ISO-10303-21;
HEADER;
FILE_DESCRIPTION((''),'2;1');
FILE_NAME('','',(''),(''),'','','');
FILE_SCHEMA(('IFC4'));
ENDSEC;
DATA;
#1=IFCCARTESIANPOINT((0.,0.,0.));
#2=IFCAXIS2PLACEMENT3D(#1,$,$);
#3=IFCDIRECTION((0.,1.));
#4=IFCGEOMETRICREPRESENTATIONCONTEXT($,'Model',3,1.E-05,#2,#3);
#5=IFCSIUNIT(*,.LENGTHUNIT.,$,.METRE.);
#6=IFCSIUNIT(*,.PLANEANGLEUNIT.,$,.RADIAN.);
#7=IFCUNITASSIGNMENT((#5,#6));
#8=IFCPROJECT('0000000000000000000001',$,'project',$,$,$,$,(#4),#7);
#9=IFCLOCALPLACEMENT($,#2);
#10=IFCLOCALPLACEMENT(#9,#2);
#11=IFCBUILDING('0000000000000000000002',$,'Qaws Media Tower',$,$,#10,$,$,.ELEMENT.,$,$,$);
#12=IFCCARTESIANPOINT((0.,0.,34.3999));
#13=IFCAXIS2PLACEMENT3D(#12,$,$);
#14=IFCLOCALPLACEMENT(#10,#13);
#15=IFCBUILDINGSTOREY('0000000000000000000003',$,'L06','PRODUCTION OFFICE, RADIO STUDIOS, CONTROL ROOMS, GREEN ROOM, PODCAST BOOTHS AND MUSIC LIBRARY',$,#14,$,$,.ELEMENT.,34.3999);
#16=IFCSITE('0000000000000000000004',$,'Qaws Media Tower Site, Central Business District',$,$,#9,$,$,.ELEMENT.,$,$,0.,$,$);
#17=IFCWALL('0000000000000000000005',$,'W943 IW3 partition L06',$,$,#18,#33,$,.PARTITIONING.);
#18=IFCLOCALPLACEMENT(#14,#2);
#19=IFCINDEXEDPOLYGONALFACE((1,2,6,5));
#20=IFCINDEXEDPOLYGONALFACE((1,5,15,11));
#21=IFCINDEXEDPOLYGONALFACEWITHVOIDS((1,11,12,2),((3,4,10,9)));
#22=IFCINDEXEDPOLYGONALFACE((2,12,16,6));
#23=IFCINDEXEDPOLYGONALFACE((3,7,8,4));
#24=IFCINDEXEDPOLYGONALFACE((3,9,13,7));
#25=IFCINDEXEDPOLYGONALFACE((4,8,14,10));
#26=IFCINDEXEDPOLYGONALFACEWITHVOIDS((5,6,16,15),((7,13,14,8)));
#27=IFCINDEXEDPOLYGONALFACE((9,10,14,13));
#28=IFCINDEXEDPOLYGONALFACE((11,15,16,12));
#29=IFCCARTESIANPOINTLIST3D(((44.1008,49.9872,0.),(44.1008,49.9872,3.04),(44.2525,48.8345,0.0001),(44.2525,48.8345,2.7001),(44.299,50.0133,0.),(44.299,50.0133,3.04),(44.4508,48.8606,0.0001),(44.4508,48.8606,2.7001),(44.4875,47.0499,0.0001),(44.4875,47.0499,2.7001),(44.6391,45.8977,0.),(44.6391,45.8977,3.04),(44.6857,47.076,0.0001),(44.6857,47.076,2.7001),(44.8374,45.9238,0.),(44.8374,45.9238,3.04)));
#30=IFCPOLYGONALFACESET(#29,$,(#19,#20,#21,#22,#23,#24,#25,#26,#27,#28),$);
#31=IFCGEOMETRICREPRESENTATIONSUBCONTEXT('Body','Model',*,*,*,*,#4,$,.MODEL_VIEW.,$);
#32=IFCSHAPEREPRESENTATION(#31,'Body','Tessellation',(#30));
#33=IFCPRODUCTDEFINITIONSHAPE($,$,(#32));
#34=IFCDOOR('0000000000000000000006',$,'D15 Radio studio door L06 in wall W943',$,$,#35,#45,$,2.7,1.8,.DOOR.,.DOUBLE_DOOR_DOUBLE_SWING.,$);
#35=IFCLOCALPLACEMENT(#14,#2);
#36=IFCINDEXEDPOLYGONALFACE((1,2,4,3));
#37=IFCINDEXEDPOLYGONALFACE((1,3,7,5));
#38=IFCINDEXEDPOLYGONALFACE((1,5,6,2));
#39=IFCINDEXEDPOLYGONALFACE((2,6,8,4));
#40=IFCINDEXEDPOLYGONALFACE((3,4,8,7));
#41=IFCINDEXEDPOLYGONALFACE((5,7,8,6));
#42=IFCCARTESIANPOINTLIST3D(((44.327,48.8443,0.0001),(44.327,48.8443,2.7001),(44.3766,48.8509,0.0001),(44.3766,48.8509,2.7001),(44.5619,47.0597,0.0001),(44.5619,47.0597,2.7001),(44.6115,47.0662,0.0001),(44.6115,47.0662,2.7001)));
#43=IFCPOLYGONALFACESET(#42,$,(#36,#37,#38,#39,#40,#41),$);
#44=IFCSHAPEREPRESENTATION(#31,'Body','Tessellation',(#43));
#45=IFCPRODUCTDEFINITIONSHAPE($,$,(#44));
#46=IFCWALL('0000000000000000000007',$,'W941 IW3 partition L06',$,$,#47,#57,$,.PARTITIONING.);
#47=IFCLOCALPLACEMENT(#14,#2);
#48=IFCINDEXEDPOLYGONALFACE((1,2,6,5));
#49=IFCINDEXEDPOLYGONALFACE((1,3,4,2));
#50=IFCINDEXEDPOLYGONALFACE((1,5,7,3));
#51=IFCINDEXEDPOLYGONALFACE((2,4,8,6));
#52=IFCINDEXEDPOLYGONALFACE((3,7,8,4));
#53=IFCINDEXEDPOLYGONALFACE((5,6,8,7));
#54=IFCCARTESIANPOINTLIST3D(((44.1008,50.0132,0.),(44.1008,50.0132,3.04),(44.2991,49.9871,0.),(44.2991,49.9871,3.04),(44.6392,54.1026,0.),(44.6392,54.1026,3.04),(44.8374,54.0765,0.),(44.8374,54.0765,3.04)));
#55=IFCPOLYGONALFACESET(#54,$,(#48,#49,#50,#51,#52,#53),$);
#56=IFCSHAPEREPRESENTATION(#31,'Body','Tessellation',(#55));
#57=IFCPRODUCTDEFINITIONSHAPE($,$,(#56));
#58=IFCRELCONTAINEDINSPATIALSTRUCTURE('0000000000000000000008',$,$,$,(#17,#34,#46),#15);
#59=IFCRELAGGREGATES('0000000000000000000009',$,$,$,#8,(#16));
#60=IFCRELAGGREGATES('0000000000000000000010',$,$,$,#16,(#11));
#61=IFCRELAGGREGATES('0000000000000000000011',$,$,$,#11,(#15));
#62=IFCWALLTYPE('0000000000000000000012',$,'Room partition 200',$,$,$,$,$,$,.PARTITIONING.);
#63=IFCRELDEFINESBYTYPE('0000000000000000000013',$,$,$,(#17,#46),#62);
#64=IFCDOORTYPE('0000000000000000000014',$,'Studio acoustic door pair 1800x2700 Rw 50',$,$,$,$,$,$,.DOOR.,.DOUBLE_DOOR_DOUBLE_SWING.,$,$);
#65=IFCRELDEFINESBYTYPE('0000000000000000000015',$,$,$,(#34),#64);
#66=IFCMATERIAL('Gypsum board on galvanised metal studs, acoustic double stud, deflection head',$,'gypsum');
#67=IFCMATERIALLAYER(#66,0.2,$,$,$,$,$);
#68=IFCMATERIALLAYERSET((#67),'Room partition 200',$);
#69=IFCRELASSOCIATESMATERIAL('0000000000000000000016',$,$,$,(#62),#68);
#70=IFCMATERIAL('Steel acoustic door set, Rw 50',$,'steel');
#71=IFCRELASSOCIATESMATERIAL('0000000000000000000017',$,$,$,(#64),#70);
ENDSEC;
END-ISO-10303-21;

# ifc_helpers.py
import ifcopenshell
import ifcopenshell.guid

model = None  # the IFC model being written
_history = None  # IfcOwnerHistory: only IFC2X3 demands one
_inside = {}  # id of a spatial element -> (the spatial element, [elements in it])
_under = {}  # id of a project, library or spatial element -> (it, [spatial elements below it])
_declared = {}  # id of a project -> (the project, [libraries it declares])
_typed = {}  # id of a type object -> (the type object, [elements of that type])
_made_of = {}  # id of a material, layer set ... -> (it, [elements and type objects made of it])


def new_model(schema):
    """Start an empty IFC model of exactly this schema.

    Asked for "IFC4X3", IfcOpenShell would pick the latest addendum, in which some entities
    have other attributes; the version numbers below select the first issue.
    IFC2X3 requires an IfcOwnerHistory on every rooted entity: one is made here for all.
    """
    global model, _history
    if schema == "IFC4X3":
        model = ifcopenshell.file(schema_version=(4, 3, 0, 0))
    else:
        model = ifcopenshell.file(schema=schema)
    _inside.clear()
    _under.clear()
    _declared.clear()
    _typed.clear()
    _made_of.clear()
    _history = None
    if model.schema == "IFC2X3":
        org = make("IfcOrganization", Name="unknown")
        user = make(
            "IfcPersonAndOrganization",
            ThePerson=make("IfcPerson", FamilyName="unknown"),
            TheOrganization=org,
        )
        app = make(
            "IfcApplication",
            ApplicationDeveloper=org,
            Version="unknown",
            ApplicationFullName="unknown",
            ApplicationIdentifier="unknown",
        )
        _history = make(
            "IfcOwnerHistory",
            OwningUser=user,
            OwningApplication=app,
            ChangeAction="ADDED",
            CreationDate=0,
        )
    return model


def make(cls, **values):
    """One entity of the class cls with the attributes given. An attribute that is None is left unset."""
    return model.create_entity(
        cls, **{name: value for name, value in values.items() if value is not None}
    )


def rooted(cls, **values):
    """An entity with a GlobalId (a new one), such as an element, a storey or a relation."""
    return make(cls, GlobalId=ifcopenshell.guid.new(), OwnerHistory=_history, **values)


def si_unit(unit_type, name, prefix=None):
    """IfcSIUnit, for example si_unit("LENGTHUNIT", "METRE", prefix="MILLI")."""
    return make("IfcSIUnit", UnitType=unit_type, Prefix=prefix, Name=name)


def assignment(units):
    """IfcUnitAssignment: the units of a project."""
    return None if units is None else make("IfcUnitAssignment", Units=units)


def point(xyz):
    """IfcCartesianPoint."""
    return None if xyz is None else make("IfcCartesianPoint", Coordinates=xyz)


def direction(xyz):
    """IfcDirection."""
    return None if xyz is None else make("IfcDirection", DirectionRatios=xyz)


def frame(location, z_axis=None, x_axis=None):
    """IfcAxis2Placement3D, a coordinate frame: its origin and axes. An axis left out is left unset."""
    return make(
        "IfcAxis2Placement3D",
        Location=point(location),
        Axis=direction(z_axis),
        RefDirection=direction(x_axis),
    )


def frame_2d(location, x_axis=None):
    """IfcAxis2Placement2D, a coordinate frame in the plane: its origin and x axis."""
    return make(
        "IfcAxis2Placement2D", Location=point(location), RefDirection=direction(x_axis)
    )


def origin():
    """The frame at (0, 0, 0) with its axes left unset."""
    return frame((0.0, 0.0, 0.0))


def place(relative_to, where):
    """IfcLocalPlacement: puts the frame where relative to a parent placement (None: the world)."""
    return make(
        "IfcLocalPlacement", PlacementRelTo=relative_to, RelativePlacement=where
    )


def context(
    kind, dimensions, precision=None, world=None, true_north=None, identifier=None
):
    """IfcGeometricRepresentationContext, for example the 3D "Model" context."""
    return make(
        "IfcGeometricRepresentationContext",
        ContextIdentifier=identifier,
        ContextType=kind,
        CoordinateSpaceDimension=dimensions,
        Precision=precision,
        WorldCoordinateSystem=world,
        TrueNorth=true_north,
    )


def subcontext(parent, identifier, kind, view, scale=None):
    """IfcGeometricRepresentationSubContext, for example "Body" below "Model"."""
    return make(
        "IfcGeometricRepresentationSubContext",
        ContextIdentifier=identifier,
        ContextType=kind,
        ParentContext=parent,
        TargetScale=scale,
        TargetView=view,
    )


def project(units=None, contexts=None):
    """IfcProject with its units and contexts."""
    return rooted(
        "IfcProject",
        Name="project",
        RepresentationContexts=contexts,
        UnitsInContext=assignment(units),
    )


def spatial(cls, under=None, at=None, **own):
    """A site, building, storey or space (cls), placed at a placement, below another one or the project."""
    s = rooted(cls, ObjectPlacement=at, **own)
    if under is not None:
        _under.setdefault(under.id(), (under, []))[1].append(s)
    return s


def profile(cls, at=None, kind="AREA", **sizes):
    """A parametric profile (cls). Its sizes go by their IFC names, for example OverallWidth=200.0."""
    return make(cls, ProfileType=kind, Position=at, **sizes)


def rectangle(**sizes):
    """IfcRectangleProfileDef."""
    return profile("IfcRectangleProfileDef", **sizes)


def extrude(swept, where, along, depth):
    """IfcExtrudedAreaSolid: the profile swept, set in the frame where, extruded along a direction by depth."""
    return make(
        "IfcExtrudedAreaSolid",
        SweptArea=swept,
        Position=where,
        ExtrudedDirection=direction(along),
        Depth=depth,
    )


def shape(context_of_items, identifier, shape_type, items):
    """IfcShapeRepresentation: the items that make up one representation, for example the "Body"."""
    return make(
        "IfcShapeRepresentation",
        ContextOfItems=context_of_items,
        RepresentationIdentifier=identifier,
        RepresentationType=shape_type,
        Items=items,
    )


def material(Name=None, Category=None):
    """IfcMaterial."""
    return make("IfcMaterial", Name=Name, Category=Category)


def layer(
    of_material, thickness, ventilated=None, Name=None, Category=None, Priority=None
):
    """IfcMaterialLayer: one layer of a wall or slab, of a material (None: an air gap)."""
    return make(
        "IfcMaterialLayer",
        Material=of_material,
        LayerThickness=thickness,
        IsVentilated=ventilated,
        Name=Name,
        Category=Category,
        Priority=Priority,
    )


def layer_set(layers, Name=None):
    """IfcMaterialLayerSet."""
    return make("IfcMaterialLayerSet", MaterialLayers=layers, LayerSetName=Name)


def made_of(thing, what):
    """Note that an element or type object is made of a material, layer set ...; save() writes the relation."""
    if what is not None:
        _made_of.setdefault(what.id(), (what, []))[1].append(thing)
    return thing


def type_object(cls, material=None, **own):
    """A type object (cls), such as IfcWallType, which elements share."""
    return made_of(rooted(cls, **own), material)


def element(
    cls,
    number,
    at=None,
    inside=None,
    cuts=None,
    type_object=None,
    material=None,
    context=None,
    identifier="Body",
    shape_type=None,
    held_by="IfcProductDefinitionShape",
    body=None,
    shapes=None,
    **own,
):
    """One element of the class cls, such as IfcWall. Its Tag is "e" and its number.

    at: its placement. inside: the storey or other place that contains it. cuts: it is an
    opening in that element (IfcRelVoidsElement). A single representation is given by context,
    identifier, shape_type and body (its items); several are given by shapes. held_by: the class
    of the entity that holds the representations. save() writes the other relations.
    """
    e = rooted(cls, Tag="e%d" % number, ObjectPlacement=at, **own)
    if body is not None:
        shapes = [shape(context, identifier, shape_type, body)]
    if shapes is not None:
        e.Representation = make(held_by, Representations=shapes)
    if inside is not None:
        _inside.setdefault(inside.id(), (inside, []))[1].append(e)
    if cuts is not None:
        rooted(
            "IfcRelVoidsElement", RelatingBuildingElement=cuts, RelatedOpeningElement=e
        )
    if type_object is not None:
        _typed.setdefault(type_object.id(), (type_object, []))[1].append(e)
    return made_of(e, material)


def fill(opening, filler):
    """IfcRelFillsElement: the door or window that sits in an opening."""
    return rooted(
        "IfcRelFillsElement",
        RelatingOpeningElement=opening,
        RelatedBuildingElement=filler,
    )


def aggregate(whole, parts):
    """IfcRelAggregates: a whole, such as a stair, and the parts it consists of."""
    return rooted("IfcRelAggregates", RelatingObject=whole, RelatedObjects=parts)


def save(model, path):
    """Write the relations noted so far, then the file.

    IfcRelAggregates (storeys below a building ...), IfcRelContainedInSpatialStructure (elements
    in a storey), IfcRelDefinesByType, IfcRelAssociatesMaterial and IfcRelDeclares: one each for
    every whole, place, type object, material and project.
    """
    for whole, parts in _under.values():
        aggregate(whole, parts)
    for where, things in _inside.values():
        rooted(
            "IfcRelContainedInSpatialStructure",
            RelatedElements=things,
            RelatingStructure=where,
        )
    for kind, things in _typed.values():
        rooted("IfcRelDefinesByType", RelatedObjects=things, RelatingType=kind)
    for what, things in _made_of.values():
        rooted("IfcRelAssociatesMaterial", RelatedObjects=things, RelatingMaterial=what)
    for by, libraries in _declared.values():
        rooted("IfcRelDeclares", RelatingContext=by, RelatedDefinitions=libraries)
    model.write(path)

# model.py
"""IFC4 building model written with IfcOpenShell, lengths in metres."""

from ifc_helpers import new_model, si_unit, direction, frame, frame_2d, origin, place, context, subcontext, project, spatial, rectangle, extrude, material, layer, layer_set, type_object, element, fill, save


model = new_model("IFC4")

# Units and contexts
model_context = context("Model", 3, precision=1e-05, world=origin(), true_north=direction((0.0, 1.0)))
body_context = subcontext(model_context, "Body", "Model", "MODEL_VIEW")
ifc_project = project(units=[si_unit("LENGTHUNIT", "METRE"), si_unit("PLANEANGLEUNIT", "RADIAN")], contexts=[model_context])

# Site, building, storey
site_placement = place(None, origin())
site = spatial("IfcSite", under=ifc_project, at=site_placement, Name="Qaws Media Tower Site, Central Business District", CompositionType="ELEMENT", RefElevation=0.0)
building_placement = place(site_placement, origin())
building = spatial("IfcBuilding", under=site, at=building_placement, Name="Qaws Media Tower", CompositionType="ELEMENT")
storey_placement = place(building_placement, frame((0.0, 0.0, 34.3999)))
storey = spatial("IfcBuildingStorey", under=building, at=storey_placement, Name="L06", Description="PRODUCTION OFFICE, RADIO STUDIOS, CONTROL ROOMS, GREEN ROOM, PODCAST BOOTHS AND MUSIC LIBRARY", CompositionType="ELEMENT", Elevation=34.3999)

# Wall, opening, door
ifc_material_1 = material(Name="Gypsum board on galvanised metal studs, acoustic double stud, deflection head", Category="gypsum")
ifc_layer_1 = layer(ifc_material_1, 0.2)
ifc_layer_set_1 = layer_set([ifc_layer_1], Name="Room partition 200")
wall_type_1 = type_object("IfcWallType", Name="Room partition 200", PredefinedType="PARTITIONING", material=ifc_layer_set_1)
wall_1_placement = place(storey_placement, frame((44.7383, 45.9106, 0.0), z_axis=(0.0, 0.0, 1.0), x_axis=(-0.130516, 0.991446, 0.0)))
wall_1 = element("IfcWall", 1, at=wall_1_placement, inside=storey, type_object=wall_type_1, Name="W943 IW3 partition L06", PredefinedType="PARTITIONING", context=body_context, shape_type="SweptSolid", body=[
    extrude(rectangle(XDim=4.1248, YDim=0.2, at=frame_2d((2.0625, 0.0))), origin(), (0.0, 0.0, 1.0), 3.04),
])
opening_1_placement = place(wall_1_placement, frame((1.1624, 0.0, 0.0)))
opening_1 = element("IfcOpeningElement", 2, at=opening_1_placement, cuts=wall_1, PredefinedType="OPENING", context=body_context, shape_type="SweptSolid", body=[
    extrude(rectangle(XDim=1.8, YDim=2.7, at=frame_2d((0.8999, 1.3501))), frame((0.0, 0.1099, 0.0), z_axis=(0.0, -1.0, 0.0), x_axis=(1.0, 0.0, 0.0)), (0.0, 0.0, 1.0), 0.22),
])
ifc_material_2 = material(Name="Steel acoustic door set, Rw 50", Category="steel")
door_type_1 = type_object("IfcDoorType", Name="Studio acoustic door pair 1800x2700 Rw 50", OperationType="DOUBLE_DOOR_DOUBLE_SWING", PredefinedType="DOOR", material=ifc_material_2)
door_1_placement = place(opening_1_placement, origin())
door_1 = element("IfcDoor", 3, at=door_1_placement, inside=storey, type_object=door_type_1, Name="D15 Radio studio door L06 in wall W943", OperationType="DOUBLE_DOOR_DOUBLE_SWING", OverallHeight=2.7, OverallWidth=1.8, PredefinedType="DOOR", context=body_context, shape_type="SweptSolid", body=[
    extrude(rectangle(XDim=1.8, YDim=2.7, at=frame_2d((0.8999, 1.3501))), frame((0.0, 0.0249, 0.0), z_axis=(0.0, -1.0, 0.0), x_axis=(1.0, 0.0, 0.0)), (0.0, 0.0, 1.0), 0.05),
])
fill(opening_1, door_1)

# Wall
wall_2_placement = place(storey_placement, frame((44.2, 50.0, 0.0), z_axis=(0.0, 0.0, 1.0), x_axis=(0.130516, 0.991446, 0.0)))
element("IfcWall", 4, at=wall_2_placement, inside=storey, type_object=wall_type_1, Name="W941 IW3 partition L06", PredefinedType="PARTITIONING", context=body_context, shape_type="SweptSolid", body=[
    extrude(rectangle(XDim=4.1248, YDim=0.2, at=frame_2d((2.0625, 0.0))), origin(), (0.0, 0.0, 1.0), 3.04),
])

save(model, "model.ifc")
